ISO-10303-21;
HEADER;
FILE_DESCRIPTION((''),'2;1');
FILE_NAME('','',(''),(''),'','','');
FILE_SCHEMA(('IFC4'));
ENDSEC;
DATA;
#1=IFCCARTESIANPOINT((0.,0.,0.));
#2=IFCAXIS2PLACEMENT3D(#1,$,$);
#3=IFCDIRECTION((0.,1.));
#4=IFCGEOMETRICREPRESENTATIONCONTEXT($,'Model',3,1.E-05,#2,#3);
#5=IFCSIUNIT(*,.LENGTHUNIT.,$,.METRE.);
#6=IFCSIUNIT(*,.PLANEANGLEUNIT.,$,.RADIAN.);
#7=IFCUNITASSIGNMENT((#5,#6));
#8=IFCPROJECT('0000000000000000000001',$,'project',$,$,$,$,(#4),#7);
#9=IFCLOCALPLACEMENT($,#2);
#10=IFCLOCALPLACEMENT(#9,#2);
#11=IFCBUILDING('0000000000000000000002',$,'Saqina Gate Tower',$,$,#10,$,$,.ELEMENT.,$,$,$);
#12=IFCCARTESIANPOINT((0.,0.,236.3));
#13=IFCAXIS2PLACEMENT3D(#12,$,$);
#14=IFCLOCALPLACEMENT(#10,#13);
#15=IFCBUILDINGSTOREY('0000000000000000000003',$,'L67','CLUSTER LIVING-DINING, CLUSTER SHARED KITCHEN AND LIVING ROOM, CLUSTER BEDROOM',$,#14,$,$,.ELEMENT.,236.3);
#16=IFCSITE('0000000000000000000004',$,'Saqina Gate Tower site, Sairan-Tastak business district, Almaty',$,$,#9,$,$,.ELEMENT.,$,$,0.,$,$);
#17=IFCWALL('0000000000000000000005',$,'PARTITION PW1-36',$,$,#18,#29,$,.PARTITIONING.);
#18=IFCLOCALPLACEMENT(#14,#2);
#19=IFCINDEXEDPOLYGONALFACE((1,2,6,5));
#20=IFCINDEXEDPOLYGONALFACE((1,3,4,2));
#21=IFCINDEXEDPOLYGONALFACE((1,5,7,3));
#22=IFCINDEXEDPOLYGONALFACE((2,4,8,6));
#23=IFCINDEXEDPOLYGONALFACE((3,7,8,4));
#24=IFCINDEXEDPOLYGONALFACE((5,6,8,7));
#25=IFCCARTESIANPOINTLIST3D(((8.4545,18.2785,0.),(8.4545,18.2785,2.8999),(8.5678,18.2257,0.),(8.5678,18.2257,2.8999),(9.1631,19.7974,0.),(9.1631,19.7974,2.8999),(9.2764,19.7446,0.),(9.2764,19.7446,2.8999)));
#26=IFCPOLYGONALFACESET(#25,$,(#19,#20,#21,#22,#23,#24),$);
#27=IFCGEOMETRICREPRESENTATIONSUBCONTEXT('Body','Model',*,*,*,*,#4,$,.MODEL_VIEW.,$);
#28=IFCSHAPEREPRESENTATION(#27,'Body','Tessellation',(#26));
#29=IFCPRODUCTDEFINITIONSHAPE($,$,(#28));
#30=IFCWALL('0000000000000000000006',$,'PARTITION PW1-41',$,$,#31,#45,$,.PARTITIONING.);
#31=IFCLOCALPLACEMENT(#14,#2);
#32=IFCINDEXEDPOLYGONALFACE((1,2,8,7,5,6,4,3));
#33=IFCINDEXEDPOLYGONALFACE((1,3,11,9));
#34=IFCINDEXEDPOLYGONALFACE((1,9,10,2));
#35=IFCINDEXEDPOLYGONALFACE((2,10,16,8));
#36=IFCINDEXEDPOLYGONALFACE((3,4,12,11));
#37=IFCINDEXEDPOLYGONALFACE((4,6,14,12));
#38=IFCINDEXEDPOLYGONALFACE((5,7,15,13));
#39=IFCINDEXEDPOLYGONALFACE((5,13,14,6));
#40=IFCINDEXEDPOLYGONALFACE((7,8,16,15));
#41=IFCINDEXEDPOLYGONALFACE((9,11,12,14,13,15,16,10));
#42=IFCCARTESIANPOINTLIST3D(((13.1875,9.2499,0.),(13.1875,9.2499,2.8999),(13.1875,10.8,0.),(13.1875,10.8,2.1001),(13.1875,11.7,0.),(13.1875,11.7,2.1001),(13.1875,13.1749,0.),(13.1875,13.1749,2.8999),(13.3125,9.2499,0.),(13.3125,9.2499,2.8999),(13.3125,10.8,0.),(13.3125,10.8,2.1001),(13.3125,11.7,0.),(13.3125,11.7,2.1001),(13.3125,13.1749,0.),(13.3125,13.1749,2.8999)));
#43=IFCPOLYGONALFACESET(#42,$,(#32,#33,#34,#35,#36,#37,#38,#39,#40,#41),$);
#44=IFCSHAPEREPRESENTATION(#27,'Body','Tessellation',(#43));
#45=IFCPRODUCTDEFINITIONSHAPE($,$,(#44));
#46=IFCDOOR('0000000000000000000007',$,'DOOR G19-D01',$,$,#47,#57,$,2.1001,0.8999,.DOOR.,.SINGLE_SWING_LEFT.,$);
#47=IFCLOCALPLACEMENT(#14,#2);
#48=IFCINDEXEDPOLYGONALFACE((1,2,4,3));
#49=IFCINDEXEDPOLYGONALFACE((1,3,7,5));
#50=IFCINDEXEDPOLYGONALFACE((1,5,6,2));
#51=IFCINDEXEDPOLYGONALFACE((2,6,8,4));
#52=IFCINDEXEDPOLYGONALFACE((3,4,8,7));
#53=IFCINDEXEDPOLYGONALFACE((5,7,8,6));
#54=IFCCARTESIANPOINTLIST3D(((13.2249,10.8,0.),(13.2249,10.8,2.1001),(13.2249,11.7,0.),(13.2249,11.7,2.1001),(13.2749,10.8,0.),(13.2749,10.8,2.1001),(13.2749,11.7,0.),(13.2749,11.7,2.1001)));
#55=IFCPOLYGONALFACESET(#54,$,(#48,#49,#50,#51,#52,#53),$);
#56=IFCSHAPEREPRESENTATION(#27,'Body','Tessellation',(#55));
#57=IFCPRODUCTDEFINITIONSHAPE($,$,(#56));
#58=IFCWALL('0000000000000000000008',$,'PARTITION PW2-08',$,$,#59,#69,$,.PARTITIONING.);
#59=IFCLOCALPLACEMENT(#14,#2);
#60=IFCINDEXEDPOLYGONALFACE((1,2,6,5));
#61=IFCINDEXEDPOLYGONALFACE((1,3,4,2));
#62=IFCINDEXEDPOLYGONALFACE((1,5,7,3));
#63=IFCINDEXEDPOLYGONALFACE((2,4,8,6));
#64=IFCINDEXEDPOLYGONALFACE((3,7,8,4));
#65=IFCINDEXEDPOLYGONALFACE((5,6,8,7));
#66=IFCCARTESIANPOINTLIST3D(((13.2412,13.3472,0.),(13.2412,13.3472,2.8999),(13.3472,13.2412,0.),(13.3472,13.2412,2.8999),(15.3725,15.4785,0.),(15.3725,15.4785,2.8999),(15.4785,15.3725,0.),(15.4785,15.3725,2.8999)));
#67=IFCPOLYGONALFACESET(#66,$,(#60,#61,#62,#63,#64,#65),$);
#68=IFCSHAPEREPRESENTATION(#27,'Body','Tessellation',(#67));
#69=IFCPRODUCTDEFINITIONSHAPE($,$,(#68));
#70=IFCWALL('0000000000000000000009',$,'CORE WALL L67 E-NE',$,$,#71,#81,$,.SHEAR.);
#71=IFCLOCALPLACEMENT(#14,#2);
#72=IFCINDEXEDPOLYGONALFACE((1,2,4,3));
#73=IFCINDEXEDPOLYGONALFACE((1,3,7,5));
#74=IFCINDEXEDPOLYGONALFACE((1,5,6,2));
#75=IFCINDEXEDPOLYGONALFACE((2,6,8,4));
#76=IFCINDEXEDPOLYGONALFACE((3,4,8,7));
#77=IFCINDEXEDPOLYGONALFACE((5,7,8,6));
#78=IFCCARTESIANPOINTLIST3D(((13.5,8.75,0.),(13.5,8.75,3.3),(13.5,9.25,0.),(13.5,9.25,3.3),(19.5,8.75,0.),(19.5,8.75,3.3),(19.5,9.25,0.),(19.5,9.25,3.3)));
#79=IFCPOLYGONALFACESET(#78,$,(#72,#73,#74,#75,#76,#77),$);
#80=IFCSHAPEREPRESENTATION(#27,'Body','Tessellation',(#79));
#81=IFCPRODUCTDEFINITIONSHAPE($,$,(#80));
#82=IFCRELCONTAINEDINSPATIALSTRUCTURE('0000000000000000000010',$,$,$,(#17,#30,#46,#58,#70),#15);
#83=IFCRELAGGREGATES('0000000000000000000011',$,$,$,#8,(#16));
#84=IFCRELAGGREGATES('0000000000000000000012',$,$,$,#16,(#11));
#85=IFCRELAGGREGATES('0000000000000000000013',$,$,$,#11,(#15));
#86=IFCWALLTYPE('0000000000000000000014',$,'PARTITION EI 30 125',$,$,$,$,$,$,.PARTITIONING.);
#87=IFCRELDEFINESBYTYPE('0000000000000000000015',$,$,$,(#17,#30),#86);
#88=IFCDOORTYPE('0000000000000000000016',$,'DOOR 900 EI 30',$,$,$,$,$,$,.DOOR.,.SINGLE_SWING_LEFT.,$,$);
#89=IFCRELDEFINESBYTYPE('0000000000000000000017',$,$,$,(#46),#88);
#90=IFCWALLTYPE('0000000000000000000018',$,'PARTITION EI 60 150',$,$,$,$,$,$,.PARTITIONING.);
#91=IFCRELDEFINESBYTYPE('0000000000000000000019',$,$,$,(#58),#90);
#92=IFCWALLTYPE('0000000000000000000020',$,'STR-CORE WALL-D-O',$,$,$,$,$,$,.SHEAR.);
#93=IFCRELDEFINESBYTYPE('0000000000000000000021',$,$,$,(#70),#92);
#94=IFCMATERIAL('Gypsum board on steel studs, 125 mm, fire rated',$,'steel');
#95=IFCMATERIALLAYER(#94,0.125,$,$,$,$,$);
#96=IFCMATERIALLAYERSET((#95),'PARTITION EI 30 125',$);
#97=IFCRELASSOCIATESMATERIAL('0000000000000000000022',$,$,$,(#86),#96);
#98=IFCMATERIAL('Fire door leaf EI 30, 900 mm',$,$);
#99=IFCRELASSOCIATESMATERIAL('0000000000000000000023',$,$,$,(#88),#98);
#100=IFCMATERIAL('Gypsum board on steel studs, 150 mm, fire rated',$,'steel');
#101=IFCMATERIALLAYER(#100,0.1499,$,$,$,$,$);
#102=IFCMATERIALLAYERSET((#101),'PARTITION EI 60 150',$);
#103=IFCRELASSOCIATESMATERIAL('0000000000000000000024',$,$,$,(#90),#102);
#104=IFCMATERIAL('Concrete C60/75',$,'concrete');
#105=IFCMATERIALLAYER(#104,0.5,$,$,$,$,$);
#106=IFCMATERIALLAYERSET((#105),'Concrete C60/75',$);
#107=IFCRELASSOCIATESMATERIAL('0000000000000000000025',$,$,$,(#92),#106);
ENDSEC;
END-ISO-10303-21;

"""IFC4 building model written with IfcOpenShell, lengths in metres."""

from ifc_helpers import new_model, si_unit, direction, frame, frame_2d, origin, place, context, subcontext, project, spatial, rectangle, extrude, material, layer, layer_set, type_object, element, fill, save


model = new_model("IFC4")

# Units and contexts
model_context = context("Model", 3, precision=1e-05, world=origin(), true_north=direction((0.0, 1.0)))
body_context = subcontext(model_context, "Body", "Model", "MODEL_VIEW")
ifc_project = project(units=[si_unit("LENGTHUNIT", "METRE"), si_unit("PLANEANGLEUNIT", "RADIAN")], contexts=[model_context])

# Site, building, storey
site_placement = place(None, origin())
site = spatial("IfcSite", under=ifc_project, at=site_placement, Name="Saqina Gate Tower site, Sairan-Tastak business district, Almaty", CompositionType="ELEMENT", RefElevation=0.0)
building_placement = place(site_placement, origin())
building = spatial("IfcBuilding", under=site, at=building_placement, Name="Saqina Gate Tower", CompositionType="ELEMENT")
storey_placement = place(building_placement, frame((0.0, 0.0, 236.3)))
storey = spatial("IfcBuildingStorey", under=building, at=storey_placement, Name="L67", Description="CLUSTER LIVING-DINING, CLUSTER SHARED KITCHEN AND LIVING ROOM, CLUSTER BEDROOM", CompositionType="ELEMENT", Elevation=236.3)

# Shared definitions
ifc_material_1 = material(Name="Gypsum board on steel studs, 125 mm, fire rated", Category="steel")
ifc_layer_1 = layer(ifc_material_1, 0.125)
ifc_layer_set_1 = layer_set([ifc_layer_1], Name="PARTITION EI 30 125")
wall_type_1 = type_object("IfcWallType", Name="PARTITION EI 30 125", PredefinedType="PARTITIONING", material=ifc_layer_set_1)

# Shared definitions
ifc_material_2 = material(Name="Fire door leaf EI 30, 900 mm")
door_type_1 = type_object("IfcDoorType", Name="DOOR 900 EI 30", OperationType="SINGLE_SWING_LEFT", PredefinedType="DOOR", material=ifc_material_2)

# Wall
wall_1_placement = place(storey_placement, frame((8.5112, 18.2522, 0.0), z_axis=(0.0, 0.0, 1.0), x_axis=(0.42275, 0.906246, 0.0)))
element("IfcWall", 1, at=wall_1_placement, inside=storey, type_object=wall_type_1, Name="PARTITION PW1-36", PredefinedType="PARTITIONING", context=body_context, shape_type="SweptSolid", body=[
    extrude(rectangle(XDim=1.676, YDim=0.125, at=frame_2d((0.8379, 0.0))), origin(), (0.0, 0.0, 1.0), 2.8999),
])

# Wall, opening, door
wall_2_placement = place(storey_placement, frame((13.25, 9.25, 0.0), z_axis=(0.0, 0.0, 1.0), x_axis=(0.0, 1.0, 0.0)))
wall_2 = element("IfcWall", 2, at=wall_2_placement, inside=storey, type_object=wall_type_1, Name="PARTITION PW1-41", PredefinedType="PARTITIONING", context=body_context, shape_type="SweptSolid", body=[
    extrude(rectangle(XDim=3.925, YDim=0.125, at=frame_2d((1.9624, 0.0))), origin(), (0.0, 0.0, 1.0), 2.8999),
])
opening_1_placement = place(wall_2_placement, frame((1.55, 0.0, 0.0)))
opening_1 = element("IfcOpeningElement", 3, at=opening_1_placement, cuts=wall_2, PredefinedType="OPENING", context=body_context, shape_type="SweptSolid", body=[
    extrude(rectangle(XDim=0.8999, YDim=2.1001, at=frame_2d((0.45, 1.05))), frame((0.0, 0.0745, 0.0), z_axis=(0.0, -1.0, 0.0), x_axis=(1.0, 0.0, 0.0)), (0.0, 0.0, 1.0), 0.1489),
])
door_1_placement = place(opening_1_placement, frame((0.8999, 0.0, 0.0), z_axis=(0.0, 0.0, 1.0), x_axis=(-1.0, 0.0, 0.0)))
door_1 = element("IfcDoor", 4, at=door_1_placement, inside=storey, type_object=door_type_1, Name="DOOR G19-D01", OperationType="SINGLE_SWING_LEFT", OverallHeight=2.1001, OverallWidth=0.8999, PredefinedType="DOOR", context=body_context, shape_type="SweptSolid", body=[
    extrude(rectangle(XDim=0.8999, YDim=2.1001, at=frame_2d((0.45, 1.05))), frame((0.0, 0.0249, 0.0), z_axis=(0.0, -1.0, 0.0), x_axis=(1.0, 0.0, 0.0)), (0.0, 0.0, 1.0), 0.05),
])
fill(opening_1, door_1)

# Walls
ifc_material_3 = material(Name="Gypsum board on steel studs, 150 mm, fire rated", Category="steel")
ifc_layer_2 = layer(ifc_material_3, 0.1499)
ifc_layer_set_2 = layer_set([ifc_layer_2], Name="PARTITION EI 60 150")
wall_type_2 = type_object("IfcWallType", Name="PARTITION EI 60 150", PredefinedType="PARTITIONING", material=ifc_layer_set_2)
wall_3_placement = place(storey_placement, frame((13.2942, 13.2942, 0.0), z_axis=(0.0, 0.0, 1.0), x_axis=(0.707107, 0.707107, 0.0)))
element("IfcWall", 5, at=wall_3_placement, inside=storey, type_object=wall_type_2, Name="PARTITION PW2-08", PredefinedType="PARTITIONING", context=body_context, shape_type="SweptSolid", body=[
    extrude(rectangle(XDim=3.0142, YDim=0.1499, at=frame_2d((1.5071, 0.0))), origin(), (0.0, 0.0, 1.0), 2.8999),
])
ifc_material_4 = material(Name="Concrete C60/75", Category="concrete")
ifc_layer_3 = layer(ifc_material_4, 0.5)
ifc_layer_set_3 = layer_set([ifc_layer_3], Name="Concrete C60/75")
wall_type_3 = type_object("IfcWallType", Name="STR-CORE WALL-D-O", PredefinedType="SHEAR", material=ifc_layer_set_3)
wall_4_placement = place(storey_placement, frame((13.5, 9.0, 0.0), z_axis=(0.0, 0.0, 1.0), x_axis=(1.0, 0.0, 0.0)))
element("IfcWall", 6, at=wall_4_placement, inside=storey, type_object=wall_type_3, Name="CORE WALL L67 E-NE", PredefinedType="SHEAR", context=body_context, shape_type="SweptSolid", body=[
    extrude(rectangle(XDim=6.0, YDim=0.5, at=frame_2d((3.0, 0.0))), origin(), (0.0, 0.0, 1.0), 3.3),
])

save(model, "model.ifc")
